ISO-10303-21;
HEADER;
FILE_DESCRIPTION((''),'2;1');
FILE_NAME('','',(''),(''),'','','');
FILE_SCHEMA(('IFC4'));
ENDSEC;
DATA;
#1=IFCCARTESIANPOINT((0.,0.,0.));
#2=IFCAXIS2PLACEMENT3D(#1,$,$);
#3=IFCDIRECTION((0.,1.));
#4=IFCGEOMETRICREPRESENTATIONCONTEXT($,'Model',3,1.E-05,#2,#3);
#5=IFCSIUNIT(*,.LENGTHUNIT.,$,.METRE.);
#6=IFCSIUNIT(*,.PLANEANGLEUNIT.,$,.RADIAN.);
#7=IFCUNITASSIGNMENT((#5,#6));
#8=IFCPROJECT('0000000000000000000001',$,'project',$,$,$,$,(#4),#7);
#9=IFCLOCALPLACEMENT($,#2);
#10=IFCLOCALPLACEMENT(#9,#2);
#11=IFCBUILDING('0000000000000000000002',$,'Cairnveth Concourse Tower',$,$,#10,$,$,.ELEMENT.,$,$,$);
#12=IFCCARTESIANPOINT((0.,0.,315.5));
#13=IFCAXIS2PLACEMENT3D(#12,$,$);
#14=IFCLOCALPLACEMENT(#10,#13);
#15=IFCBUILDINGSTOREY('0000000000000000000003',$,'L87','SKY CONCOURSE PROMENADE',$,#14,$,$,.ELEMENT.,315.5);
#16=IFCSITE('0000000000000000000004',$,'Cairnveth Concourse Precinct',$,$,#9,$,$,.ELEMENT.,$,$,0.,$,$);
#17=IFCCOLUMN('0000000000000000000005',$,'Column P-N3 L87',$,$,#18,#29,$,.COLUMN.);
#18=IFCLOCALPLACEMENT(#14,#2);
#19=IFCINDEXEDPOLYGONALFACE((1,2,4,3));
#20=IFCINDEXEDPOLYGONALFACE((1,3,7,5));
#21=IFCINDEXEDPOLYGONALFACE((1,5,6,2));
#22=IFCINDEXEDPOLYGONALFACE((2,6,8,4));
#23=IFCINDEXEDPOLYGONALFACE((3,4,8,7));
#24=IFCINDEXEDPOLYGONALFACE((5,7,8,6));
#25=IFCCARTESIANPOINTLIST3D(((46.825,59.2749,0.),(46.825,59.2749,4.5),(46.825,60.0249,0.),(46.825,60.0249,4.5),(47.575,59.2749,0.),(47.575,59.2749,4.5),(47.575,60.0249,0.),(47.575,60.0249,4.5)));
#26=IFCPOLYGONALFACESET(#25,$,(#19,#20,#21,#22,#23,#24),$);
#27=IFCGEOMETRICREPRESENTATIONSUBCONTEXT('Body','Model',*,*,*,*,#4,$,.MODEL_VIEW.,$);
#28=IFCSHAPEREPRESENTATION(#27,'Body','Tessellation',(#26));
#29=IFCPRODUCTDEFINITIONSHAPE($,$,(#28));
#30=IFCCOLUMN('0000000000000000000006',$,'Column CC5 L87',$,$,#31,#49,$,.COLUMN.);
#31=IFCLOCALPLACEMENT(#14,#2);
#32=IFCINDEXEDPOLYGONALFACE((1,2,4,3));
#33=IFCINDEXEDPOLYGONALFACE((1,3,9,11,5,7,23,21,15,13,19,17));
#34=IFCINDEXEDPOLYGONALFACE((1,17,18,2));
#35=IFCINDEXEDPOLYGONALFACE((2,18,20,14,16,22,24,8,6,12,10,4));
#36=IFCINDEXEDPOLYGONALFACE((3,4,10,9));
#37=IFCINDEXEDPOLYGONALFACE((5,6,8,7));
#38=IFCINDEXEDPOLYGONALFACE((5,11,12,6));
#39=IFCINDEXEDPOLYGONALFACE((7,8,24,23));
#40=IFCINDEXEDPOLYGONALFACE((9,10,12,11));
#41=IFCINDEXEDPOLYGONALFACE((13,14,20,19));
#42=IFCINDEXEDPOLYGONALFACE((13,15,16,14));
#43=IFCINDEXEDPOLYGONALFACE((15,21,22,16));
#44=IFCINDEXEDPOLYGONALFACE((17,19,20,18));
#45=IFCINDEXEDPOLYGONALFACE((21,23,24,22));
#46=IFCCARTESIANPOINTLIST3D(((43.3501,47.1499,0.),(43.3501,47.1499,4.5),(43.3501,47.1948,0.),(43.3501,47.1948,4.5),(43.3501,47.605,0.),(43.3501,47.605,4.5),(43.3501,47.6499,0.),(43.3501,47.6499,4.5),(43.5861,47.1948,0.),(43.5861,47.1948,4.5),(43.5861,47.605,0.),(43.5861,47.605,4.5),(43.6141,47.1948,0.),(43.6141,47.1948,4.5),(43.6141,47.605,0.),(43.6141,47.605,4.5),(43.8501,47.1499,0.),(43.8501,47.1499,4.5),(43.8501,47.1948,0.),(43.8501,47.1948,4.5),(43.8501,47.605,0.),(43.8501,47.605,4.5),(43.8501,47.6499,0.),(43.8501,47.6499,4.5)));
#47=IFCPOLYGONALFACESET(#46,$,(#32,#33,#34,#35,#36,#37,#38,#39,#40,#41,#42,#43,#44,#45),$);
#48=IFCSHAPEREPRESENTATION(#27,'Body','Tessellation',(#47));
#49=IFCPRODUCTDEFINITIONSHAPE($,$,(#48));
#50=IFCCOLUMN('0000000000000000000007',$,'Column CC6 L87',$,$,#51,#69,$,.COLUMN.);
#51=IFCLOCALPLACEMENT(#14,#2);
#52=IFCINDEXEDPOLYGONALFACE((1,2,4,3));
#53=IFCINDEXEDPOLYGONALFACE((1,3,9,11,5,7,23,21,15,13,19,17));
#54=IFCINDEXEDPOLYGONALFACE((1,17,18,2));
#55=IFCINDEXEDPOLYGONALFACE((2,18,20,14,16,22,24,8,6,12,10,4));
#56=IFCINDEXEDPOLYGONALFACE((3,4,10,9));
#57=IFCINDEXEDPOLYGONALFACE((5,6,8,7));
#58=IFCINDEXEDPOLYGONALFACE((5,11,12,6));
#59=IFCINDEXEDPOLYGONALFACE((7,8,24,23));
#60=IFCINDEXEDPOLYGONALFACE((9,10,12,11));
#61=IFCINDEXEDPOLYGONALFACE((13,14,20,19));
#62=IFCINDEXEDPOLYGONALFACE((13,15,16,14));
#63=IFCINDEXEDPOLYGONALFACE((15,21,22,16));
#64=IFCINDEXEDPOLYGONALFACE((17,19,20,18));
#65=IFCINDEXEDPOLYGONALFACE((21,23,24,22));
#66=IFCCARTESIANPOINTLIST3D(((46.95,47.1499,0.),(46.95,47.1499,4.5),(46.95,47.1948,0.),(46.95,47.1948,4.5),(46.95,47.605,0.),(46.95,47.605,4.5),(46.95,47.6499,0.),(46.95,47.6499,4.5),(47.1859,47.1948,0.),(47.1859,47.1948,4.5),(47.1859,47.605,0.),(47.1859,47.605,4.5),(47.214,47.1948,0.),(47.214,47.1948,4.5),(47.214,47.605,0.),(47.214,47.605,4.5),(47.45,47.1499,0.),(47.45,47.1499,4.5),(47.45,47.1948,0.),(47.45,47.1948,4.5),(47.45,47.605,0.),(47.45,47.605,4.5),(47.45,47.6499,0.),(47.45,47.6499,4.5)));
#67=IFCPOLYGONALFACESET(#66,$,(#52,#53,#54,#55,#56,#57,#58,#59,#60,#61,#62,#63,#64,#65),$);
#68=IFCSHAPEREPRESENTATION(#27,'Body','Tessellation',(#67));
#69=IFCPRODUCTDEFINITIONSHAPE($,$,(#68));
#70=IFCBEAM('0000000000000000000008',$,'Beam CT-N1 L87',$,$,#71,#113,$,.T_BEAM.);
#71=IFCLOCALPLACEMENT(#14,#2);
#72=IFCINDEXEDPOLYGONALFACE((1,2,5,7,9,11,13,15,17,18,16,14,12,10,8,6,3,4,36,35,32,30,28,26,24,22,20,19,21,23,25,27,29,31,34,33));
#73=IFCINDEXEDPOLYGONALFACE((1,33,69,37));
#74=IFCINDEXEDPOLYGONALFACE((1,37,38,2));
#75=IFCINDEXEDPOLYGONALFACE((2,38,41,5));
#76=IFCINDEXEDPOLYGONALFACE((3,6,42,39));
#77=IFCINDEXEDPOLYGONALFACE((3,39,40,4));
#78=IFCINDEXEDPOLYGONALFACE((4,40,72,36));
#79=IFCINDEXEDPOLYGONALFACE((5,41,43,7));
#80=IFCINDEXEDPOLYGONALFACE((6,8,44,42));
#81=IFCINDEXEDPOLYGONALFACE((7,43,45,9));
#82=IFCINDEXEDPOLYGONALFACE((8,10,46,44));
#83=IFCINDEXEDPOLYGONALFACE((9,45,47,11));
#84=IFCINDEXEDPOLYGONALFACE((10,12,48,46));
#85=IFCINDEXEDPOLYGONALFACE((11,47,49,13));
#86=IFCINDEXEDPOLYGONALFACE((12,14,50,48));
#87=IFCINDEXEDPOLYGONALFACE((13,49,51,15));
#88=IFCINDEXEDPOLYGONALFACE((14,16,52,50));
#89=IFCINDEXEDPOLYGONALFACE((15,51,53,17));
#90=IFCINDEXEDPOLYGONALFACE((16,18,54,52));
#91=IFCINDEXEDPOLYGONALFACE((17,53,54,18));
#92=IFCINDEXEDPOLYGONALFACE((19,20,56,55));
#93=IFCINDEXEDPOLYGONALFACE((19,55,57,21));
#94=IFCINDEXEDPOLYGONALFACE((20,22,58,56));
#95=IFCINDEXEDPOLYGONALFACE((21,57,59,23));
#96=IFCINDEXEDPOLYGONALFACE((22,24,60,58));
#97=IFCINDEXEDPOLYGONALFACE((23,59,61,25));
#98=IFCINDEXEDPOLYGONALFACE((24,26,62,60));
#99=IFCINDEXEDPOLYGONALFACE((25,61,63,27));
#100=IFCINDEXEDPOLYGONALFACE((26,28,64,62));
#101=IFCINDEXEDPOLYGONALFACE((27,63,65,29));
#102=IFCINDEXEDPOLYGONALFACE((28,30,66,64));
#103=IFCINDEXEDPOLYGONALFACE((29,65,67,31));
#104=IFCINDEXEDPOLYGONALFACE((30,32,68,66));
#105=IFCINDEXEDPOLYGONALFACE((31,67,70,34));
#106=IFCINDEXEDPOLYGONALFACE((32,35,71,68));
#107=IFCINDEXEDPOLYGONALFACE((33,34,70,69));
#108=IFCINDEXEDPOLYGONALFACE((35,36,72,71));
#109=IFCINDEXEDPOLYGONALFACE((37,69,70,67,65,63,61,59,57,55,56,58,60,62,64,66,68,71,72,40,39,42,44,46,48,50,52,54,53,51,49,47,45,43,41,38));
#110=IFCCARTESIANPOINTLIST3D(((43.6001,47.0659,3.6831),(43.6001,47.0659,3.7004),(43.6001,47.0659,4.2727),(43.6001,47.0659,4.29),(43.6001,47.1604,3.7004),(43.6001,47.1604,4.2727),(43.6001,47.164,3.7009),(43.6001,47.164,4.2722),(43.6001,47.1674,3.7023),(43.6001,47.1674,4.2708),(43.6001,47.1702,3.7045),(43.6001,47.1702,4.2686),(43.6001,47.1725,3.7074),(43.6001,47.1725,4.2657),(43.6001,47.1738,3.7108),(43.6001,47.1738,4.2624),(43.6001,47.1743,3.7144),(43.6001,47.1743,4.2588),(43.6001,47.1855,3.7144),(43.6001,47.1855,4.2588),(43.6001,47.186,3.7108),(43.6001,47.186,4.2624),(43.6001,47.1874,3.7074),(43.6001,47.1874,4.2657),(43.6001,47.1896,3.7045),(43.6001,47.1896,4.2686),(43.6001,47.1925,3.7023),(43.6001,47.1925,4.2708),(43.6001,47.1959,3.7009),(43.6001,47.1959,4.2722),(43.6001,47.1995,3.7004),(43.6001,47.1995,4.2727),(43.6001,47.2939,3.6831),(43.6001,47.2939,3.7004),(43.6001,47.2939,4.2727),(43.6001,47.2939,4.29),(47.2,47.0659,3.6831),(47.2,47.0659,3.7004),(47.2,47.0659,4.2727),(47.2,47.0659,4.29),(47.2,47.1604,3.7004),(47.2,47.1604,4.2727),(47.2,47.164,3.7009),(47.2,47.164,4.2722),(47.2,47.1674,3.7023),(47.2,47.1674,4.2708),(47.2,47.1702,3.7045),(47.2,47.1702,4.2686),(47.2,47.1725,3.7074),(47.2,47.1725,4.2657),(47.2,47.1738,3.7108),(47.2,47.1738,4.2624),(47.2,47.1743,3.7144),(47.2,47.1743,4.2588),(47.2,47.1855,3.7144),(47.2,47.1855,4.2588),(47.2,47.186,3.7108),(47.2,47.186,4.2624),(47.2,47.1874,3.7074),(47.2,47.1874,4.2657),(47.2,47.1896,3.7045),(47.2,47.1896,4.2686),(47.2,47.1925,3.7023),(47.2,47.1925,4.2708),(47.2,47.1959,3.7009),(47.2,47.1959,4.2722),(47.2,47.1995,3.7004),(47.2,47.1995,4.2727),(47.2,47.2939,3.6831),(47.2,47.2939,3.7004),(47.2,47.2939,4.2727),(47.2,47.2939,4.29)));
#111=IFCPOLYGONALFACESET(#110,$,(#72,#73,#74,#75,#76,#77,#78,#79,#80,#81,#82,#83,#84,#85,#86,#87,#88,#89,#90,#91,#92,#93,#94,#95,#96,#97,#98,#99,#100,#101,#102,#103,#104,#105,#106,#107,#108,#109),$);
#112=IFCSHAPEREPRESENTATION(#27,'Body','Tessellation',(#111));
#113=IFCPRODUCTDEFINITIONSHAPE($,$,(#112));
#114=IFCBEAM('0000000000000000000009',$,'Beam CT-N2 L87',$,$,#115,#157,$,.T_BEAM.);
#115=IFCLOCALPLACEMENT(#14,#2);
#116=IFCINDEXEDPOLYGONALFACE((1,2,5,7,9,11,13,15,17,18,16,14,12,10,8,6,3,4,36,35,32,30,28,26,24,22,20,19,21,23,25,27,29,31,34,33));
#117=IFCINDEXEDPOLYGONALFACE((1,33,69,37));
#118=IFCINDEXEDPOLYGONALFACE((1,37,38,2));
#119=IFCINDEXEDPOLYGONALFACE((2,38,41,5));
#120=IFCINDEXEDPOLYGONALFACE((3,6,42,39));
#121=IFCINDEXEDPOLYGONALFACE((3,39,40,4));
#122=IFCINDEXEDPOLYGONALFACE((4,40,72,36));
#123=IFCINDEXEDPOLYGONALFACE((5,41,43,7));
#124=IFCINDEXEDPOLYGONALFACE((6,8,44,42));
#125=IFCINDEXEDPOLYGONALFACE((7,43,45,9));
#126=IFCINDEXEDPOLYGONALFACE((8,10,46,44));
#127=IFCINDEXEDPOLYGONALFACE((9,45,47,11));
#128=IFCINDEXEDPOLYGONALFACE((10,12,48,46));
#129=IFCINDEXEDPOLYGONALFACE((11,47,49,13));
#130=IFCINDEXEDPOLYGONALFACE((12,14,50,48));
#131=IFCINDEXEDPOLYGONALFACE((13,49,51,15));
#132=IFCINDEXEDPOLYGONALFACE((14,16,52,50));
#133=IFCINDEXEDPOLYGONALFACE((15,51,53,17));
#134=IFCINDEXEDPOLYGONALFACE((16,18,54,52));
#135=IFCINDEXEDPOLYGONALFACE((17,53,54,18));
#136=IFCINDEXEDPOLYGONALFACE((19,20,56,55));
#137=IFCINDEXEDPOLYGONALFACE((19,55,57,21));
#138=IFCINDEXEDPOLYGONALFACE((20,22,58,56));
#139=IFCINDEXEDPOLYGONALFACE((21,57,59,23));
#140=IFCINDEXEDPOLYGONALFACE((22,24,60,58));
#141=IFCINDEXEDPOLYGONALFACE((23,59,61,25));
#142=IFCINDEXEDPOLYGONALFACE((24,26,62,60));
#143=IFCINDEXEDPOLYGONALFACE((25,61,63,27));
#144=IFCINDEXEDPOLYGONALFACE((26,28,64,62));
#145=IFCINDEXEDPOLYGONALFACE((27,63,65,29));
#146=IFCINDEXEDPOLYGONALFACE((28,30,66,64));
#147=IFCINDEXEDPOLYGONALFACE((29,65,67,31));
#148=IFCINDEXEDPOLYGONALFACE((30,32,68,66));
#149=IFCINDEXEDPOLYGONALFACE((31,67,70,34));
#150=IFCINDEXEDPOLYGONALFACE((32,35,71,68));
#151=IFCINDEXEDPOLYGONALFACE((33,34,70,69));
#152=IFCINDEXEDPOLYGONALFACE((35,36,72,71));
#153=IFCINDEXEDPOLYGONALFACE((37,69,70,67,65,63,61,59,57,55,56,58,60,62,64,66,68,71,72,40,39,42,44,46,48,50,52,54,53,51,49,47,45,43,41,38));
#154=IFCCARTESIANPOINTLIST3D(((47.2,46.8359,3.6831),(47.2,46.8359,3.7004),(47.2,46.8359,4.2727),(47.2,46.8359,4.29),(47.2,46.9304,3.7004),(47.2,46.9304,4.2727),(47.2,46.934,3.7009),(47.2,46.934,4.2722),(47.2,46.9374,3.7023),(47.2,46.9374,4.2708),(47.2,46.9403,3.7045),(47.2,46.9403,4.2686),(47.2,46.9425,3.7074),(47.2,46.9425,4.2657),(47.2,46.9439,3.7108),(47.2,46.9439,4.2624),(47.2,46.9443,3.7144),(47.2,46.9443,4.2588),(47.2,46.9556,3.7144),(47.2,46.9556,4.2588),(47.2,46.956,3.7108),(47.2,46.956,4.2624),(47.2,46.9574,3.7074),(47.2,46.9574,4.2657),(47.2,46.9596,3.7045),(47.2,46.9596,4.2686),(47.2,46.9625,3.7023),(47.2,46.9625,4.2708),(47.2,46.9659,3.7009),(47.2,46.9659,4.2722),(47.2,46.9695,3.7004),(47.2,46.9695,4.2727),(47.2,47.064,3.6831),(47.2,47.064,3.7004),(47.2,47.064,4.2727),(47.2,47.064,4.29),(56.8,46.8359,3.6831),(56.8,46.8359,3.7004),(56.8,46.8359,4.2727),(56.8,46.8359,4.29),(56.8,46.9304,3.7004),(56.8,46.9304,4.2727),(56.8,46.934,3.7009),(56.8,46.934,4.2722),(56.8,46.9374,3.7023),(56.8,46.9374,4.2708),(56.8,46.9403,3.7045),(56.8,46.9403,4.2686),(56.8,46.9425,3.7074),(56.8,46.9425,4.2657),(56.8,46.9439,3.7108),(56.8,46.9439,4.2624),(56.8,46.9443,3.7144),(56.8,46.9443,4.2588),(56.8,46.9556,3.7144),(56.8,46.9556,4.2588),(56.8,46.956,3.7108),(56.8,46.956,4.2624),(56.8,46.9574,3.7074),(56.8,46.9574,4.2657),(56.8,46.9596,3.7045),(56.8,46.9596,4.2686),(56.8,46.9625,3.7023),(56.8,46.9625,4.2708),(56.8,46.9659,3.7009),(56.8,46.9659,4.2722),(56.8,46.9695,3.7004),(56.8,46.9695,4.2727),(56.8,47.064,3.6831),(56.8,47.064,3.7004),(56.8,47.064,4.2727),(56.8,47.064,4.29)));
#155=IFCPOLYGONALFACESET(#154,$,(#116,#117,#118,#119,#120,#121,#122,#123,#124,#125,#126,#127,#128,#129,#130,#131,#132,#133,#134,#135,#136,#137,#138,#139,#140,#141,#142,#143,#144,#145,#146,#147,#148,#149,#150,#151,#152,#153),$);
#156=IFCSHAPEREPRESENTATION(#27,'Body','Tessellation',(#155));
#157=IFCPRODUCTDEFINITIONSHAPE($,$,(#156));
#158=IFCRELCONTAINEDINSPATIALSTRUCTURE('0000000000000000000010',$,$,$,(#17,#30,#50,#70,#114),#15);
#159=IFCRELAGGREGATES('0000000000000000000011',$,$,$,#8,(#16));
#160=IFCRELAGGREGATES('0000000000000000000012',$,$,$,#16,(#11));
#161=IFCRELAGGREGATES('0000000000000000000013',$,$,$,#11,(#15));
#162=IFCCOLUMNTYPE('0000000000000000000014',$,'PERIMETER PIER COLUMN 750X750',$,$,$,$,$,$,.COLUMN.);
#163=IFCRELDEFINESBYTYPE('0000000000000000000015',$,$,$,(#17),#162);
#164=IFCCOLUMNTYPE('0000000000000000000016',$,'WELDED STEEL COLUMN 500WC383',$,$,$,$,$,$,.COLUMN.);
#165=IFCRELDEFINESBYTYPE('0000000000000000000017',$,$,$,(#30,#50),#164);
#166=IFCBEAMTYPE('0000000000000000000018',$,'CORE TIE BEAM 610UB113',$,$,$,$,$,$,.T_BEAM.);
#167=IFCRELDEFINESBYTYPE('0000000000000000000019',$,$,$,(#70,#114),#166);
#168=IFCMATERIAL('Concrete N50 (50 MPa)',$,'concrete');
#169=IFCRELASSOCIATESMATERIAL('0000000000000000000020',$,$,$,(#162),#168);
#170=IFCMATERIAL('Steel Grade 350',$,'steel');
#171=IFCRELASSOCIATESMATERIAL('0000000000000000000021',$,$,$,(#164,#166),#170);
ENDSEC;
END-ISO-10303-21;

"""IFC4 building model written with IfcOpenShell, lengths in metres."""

from ifc_helpers import new_model, si_unit, direction, frame, origin, origin_2d, place, context, subcontext, project, spatial, rectangle, i_section, extrude, material, material_profile, profile_set, type_object, element, save


model = new_model("IFC4")

# Units and contexts
model_context = context("Model", 3, precision=1e-05, world=origin(), true_north=direction((0.0, 1.0)))
body_context = subcontext(model_context, "Body", "Model", "MODEL_VIEW")
ifc_project = project(units=[si_unit("LENGTHUNIT", "METRE"), si_unit("PLANEANGLEUNIT", "RADIAN")], contexts=[model_context])

# Site, building, storey
site_placement = place(None, origin())
site = spatial("IfcSite", under=ifc_project, at=site_placement, Name="Cairnveth Concourse Precinct", CompositionType="ELEMENT", RefElevation=0.0)
building_placement = place(site_placement, origin())
building = spatial("IfcBuilding", under=site, at=building_placement, Name="Cairnveth Concourse Tower", CompositionType="ELEMENT")
storey_placement = place(building_placement, frame((0.0, 0.0, 315.5)))
storey = spatial("IfcBuildingStorey", under=building, at=storey_placement, Name="L87", Description="SKY CONCOURSE PROMENADE", CompositionType="ELEMENT", Elevation=315.5)

# Columns
ifc_material_1 = material(Name="Concrete N50 (50 MPa)", Category="concrete")
ifc_material_profile_1 = material_profile(ifc_material_1, rectangle(XDim=0.75, YDim=0.75, at=origin_2d()), Name="RC-COL-750x750")
ifc_profile_set_1 = profile_set([ifc_material_profile_1], Name="Concrete N50 (50 MPa)")
column_type_1 = type_object("IfcColumnType", Name="PERIMETER PIER COLUMN 750X750", PredefinedType="COLUMN", material=ifc_profile_set_1)
column_placement = place(storey_placement, frame((47.2, 59.6499, 0.0), z_axis=(0.0, 0.0, 1.0), x_axis=(1.0, 0.0, 0.0)))
element("IfcColumn", 1, at=column_placement, inside=storey, type_object=column_type_1, Name="Column P-N3 L87", PredefinedType="COLUMN", context=body_context, shape_type="SweptSolid", body=[
    extrude(rectangle(XDim=0.75, YDim=0.75, at=origin_2d()), origin(), (0.0, 0.0, 1.0), 4.5),
])
ifc_material_2 = material(Name="Steel Grade 350", Category="steel")
ifc_material_profile_2 = material_profile(ifc_material_2, i_section(OverallWidth=0.5, OverallDepth=0.5, WebThickness=0.0281, FlangeThickness=0.0449, at=origin_2d()), Name="500WC383")
ifc_profile_set_2 = profile_set([ifc_material_profile_2], Name="Steel Grade 350")
column_type_2 = type_object("IfcColumnType", Name="WELDED STEEL COLUMN 500WC383", PredefinedType="COLUMN", material=ifc_profile_set_2)
for number, where, z_axis, x_axis, name in (
    (2, (43.6001, 47.3999, 0.0), (0.0, 0.0, 1.0), (1.0, 0.0, 0.0), "Column CC5 L87"),
    (3, (47.2, 47.3999, 0.0), (0.0, 0.0, 1.0), (1.0, 0.0, 0.0), "Column CC6 L87"),
):
    element("IfcColumn", number, at=place(storey_placement, frame(where, z_axis=z_axis, x_axis=x_axis)), inside=storey, type_object=column_type_2, Name=name, PredefinedType="COLUMN", context=body_context, shape_type="SweptSolid", body=[
        extrude(i_section(OverallWidth=0.5, OverallDepth=0.5, WebThickness=0.0281, FlangeThickness=0.0449, at=origin_2d()), origin(), (0.0, 0.0, 1.0), 4.5),
    ])

# Beams
ifc_material_profile_3 = material_profile(ifc_material_2, i_section(OverallWidth=0.228, OverallDepth=0.6069, WebThickness=0.0112, FlangeThickness=0.0173, FilletRadius=0.0139, at=origin_2d()), Name="610UB113")
ifc_profile_set_3 = profile_set([ifc_material_profile_3], Name="Steel Grade 350")
beam_type_1 = type_object("IfcBeamType", Name="CORE TIE BEAM 610UB113", PredefinedType="T_BEAM", material=ifc_profile_set_3)
beam_1_placement = place(storey_placement, frame((43.6001, 47.1799, 3.9866), z_axis=(1.0, 0.0, 0.0), x_axis=(0.0, 1.0, 0.0)))
element("IfcBeam", 4, at=beam_1_placement, inside=storey, type_object=beam_type_1, Name="Beam CT-N1 L87", PredefinedType="T_BEAM", context=body_context, shape_type="SweptSolid", body=[
    extrude(i_section(OverallWidth=0.228, OverallDepth=0.6069, WebThickness=0.0112, FlangeThickness=0.0173, FilletRadius=0.0139, at=origin_2d()), origin(), (0.0, 0.0, 1.0), 3.5999),
])
beam_2_placement = place(storey_placement, frame((47.2, 46.95, 3.9866), z_axis=(1.0, 0.0, 0.0), x_axis=(0.0, 1.0, 0.0)))
element("IfcBeam", 5, at=beam_2_placement, inside=storey, type_object=beam_type_1, Name="Beam CT-N2 L87", PredefinedType="T_BEAM", context=body_context, shape_type="SweptSolid", body=[
    extrude(i_section(OverallWidth=0.228, OverallDepth=0.6069, WebThickness=0.0112, FlangeThickness=0.0173, FilletRadius=0.0139, at=origin_2d()), origin(), (0.0, 0.0, 1.0), 9.6001),
])

save(model, "model.ifc")
